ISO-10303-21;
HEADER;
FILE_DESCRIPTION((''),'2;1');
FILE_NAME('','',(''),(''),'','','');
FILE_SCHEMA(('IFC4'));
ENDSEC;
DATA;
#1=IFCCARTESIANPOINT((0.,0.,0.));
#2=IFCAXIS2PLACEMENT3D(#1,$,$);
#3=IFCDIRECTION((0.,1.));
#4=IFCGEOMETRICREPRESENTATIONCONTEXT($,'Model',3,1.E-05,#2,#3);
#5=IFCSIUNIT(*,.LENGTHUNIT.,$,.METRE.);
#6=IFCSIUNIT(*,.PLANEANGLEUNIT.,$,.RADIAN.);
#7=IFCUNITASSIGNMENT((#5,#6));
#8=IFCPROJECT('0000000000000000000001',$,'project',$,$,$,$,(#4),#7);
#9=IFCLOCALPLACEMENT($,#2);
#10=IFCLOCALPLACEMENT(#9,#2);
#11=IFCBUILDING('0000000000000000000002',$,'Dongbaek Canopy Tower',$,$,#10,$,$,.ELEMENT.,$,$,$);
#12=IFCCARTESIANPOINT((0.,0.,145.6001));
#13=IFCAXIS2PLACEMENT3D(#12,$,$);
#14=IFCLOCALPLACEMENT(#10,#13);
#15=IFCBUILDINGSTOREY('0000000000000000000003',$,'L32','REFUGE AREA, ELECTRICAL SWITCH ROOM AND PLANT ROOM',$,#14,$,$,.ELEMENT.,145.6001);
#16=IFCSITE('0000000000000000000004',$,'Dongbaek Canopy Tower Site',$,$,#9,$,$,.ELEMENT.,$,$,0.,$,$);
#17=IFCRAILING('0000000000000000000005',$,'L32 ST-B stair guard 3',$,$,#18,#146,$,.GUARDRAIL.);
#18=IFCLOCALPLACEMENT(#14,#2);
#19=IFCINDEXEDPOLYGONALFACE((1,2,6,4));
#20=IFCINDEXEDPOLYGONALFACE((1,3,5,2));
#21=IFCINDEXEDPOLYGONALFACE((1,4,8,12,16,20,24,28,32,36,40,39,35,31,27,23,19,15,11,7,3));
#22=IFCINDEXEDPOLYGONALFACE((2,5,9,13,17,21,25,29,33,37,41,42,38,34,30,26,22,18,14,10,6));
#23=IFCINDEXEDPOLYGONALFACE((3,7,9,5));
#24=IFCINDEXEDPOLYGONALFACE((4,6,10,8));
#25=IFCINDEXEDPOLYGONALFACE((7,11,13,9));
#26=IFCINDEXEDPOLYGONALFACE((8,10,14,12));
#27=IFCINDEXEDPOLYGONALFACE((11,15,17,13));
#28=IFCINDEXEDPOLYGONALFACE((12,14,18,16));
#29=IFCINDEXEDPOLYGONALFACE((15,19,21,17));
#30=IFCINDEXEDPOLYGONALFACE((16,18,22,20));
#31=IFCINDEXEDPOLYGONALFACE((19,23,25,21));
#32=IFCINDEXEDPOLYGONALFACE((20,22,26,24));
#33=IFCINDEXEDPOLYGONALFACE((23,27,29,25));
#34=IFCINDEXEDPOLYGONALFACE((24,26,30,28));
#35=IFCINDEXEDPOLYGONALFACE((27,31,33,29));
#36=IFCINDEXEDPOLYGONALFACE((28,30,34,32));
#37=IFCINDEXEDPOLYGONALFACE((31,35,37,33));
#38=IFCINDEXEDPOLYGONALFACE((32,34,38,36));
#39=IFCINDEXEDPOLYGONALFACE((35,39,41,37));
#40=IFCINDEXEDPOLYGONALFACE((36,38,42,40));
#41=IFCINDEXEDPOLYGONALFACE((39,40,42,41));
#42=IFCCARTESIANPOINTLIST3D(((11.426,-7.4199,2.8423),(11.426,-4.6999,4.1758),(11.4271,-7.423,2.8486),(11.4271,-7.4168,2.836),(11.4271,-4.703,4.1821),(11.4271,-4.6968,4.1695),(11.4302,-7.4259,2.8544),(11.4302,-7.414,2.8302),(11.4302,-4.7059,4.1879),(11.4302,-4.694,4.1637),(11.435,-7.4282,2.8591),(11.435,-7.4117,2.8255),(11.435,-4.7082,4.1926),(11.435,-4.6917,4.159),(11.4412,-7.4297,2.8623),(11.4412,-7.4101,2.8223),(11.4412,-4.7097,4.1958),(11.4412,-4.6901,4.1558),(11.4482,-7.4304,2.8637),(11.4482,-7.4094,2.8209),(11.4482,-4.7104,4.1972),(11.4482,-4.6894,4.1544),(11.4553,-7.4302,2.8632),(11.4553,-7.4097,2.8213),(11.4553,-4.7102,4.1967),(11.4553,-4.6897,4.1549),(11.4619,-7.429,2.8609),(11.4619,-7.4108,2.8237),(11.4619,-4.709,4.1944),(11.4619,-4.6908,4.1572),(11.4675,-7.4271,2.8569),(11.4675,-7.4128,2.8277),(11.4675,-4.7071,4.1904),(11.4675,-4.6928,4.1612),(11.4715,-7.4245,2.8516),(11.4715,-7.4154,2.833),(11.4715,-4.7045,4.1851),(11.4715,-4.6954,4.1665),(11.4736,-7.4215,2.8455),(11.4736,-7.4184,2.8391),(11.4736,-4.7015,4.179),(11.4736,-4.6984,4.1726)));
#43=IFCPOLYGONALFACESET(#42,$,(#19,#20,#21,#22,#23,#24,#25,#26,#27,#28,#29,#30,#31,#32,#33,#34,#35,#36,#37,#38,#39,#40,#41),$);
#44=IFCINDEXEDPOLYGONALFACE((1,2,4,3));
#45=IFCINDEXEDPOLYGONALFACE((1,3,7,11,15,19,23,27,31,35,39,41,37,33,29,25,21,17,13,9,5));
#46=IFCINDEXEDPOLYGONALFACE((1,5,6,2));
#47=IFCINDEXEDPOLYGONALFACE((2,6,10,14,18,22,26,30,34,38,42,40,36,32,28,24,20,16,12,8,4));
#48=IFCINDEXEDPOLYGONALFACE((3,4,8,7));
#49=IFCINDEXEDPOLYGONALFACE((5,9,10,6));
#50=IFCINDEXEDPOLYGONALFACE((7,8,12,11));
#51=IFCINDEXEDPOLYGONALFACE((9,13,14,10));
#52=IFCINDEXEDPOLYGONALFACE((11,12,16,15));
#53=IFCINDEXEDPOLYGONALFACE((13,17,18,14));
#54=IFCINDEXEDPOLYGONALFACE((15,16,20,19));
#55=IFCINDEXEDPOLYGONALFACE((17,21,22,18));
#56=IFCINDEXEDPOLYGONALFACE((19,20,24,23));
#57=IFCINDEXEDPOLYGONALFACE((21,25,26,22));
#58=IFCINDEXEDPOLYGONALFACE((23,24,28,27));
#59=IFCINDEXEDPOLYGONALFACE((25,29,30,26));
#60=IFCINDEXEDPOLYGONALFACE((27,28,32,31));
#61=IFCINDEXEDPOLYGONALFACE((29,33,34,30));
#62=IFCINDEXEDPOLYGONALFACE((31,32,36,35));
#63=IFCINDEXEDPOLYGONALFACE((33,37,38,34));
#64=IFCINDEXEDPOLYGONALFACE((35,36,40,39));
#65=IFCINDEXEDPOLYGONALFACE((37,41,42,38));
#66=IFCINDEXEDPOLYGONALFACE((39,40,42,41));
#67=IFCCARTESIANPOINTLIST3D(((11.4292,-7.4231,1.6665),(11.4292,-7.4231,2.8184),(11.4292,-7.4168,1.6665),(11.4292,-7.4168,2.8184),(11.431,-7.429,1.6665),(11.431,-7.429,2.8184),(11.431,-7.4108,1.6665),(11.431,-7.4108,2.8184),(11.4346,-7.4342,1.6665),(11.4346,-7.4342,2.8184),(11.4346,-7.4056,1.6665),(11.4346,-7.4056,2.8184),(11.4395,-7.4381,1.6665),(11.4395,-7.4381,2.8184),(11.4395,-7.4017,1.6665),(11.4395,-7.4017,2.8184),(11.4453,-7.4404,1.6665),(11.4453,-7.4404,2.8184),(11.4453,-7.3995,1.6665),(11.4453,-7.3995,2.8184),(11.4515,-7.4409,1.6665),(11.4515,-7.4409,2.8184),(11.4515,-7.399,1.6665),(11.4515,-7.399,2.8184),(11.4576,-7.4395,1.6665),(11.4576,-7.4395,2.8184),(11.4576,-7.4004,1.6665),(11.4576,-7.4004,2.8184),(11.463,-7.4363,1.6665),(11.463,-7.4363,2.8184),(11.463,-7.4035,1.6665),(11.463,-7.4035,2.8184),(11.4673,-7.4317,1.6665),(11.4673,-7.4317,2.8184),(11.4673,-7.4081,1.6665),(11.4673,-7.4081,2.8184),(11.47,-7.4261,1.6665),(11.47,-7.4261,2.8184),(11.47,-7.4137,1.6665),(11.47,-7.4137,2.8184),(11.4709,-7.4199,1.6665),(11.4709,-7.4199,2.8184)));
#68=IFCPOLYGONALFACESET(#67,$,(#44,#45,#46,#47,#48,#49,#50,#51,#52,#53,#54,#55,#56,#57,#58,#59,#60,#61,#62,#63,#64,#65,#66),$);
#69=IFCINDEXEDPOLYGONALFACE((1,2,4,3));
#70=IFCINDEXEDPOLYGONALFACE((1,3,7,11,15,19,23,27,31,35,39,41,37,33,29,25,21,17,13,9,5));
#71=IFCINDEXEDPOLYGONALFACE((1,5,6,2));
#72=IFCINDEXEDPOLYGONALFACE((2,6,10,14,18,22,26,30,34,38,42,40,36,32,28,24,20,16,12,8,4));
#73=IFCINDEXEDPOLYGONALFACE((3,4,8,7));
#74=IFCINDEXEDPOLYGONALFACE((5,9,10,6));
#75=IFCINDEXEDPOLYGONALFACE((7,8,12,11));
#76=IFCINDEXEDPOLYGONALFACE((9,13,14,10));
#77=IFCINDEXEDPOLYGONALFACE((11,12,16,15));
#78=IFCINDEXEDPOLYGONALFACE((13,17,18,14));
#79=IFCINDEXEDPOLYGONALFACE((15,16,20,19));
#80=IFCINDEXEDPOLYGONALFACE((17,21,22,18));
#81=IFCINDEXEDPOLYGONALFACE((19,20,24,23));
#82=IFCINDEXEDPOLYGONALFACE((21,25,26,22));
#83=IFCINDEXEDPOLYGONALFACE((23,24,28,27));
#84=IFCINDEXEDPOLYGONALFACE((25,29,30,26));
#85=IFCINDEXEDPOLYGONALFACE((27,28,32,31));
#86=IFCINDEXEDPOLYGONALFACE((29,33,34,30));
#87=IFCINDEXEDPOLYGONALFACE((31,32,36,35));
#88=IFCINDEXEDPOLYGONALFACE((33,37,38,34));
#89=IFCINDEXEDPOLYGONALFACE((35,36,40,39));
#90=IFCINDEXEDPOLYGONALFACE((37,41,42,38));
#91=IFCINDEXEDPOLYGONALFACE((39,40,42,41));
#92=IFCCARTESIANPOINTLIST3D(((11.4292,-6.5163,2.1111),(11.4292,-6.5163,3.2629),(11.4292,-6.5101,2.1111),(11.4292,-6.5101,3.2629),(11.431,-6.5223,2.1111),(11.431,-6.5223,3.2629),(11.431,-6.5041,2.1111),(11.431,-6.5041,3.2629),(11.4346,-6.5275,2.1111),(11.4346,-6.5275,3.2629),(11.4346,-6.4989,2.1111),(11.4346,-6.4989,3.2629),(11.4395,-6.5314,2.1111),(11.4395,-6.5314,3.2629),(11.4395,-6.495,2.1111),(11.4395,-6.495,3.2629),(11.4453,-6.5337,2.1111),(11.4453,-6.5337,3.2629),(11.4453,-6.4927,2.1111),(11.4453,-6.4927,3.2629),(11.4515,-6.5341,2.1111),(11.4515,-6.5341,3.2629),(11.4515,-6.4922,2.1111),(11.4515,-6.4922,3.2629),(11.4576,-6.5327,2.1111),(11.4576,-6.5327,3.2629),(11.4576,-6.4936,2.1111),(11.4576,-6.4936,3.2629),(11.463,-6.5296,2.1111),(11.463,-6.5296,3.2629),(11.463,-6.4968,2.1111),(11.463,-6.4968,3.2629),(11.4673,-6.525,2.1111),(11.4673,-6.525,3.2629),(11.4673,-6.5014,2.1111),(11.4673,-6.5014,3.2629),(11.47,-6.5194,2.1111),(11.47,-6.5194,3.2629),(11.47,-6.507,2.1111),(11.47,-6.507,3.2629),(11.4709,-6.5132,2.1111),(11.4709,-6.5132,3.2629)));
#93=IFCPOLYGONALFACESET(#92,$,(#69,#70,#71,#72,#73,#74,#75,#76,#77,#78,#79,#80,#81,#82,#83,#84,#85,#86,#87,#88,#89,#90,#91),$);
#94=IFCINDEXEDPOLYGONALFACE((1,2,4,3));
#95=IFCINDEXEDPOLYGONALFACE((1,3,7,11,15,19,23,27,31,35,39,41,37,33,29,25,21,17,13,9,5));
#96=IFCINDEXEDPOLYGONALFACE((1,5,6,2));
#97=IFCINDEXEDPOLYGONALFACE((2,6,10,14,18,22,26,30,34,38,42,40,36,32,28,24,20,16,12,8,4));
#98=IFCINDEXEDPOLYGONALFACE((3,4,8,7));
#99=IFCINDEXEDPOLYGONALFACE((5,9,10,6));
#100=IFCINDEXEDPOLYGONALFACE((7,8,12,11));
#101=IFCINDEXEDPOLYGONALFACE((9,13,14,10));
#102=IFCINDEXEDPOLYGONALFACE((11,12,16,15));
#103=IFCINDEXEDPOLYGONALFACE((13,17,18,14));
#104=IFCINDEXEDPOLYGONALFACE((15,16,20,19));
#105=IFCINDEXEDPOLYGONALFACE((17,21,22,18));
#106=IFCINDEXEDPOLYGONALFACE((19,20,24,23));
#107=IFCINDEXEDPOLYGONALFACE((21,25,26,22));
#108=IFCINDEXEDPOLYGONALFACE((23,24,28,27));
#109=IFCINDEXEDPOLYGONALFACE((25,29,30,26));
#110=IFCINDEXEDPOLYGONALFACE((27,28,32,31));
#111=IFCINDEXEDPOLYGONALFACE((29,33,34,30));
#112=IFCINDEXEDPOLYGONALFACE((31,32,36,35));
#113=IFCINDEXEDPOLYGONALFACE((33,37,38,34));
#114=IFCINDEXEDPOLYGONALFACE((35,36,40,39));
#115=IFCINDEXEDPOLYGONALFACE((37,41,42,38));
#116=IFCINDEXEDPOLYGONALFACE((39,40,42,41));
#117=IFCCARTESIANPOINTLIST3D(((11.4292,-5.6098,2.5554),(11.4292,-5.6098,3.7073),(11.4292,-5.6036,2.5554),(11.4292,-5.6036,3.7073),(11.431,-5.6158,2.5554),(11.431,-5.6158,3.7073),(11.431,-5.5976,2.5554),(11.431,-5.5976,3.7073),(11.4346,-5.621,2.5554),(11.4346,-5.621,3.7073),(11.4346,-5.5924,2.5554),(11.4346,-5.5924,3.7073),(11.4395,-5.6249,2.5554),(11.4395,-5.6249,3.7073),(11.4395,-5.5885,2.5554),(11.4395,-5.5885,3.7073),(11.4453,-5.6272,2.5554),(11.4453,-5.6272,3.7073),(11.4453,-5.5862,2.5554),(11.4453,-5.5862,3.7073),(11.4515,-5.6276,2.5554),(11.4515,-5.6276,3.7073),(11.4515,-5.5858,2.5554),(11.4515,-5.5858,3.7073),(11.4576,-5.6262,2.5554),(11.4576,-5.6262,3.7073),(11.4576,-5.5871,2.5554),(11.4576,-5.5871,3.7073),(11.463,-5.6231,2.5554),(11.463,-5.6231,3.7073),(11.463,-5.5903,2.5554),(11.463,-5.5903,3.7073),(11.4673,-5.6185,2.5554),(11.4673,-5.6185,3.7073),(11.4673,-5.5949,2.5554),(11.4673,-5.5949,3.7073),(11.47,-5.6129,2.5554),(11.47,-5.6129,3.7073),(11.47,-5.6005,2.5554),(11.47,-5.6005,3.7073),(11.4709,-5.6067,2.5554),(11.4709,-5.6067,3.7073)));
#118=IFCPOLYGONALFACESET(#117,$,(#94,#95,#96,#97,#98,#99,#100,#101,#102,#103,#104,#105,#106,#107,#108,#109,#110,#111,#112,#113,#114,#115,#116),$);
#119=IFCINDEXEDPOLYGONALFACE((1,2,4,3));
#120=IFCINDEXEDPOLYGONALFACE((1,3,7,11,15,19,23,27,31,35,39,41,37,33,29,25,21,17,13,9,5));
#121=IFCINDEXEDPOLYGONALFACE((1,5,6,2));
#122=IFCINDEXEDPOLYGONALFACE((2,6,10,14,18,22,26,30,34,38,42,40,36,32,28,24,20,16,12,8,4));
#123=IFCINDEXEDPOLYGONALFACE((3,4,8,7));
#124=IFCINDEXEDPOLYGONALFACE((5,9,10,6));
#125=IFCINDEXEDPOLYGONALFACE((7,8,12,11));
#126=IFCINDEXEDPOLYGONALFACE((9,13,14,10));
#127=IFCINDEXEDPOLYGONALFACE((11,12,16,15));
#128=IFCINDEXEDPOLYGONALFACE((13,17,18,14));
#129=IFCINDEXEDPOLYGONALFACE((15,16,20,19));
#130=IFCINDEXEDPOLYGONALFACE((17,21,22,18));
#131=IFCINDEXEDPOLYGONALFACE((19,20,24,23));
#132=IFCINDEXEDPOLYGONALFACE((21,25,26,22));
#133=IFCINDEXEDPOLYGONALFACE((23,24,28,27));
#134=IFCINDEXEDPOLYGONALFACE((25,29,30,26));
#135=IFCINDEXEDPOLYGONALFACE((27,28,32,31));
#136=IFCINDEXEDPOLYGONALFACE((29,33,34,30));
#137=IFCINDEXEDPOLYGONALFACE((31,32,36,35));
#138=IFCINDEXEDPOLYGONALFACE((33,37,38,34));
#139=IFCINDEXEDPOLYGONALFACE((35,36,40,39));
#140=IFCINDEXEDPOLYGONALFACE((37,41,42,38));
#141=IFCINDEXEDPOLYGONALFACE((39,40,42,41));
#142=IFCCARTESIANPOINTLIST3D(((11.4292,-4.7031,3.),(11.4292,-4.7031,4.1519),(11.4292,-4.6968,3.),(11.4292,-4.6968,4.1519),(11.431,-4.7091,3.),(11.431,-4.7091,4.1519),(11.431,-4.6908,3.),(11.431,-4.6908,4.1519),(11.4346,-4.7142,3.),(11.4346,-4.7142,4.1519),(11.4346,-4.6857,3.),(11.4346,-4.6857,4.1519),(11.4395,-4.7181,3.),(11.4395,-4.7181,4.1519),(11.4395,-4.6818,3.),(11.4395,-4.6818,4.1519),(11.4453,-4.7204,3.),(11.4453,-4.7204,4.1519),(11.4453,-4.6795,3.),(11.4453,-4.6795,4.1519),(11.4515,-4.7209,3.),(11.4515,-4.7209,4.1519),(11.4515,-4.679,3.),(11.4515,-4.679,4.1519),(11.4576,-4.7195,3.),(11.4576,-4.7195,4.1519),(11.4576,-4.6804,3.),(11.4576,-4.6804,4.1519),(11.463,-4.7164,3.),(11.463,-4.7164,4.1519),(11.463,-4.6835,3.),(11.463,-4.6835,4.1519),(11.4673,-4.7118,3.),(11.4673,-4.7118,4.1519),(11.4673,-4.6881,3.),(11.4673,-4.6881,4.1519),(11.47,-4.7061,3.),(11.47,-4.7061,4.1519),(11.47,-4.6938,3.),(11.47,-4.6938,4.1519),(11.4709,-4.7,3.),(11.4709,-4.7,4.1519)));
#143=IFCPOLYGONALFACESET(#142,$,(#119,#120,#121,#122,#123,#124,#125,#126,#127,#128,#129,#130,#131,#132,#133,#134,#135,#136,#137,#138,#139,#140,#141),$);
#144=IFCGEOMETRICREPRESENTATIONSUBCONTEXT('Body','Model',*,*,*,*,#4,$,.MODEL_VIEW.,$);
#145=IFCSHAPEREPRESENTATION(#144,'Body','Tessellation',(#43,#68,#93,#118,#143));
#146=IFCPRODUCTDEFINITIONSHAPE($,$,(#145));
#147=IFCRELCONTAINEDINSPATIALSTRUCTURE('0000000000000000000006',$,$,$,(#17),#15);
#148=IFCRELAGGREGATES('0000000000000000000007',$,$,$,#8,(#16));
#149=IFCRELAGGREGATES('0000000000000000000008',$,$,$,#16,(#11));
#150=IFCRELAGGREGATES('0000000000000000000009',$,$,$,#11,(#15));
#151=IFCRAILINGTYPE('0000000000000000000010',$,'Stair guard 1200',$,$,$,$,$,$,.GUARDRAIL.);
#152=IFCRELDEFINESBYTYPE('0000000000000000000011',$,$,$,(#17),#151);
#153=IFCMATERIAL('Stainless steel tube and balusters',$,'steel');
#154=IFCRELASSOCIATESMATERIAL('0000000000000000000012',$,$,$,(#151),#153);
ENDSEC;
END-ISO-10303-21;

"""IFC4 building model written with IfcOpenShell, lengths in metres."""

from ifc_helpers import new_model, si_unit, direction, frame, origin, origin_2d, place, context, subcontext, project, spatial, circle, extrude, material, type_object, element, save


model = new_model("IFC4")

# Units and contexts
model_context = context("Model", 3, precision=1e-05, world=origin(), true_north=direction((0.0, 1.0)))
body_context = subcontext(model_context, "Body", "Model", "MODEL_VIEW")
ifc_project = project(units=[si_unit("LENGTHUNIT", "METRE"), si_unit("PLANEANGLEUNIT", "RADIAN")], contexts=[model_context])

# Site, building, storey
site_placement = place(None, origin())
site = spatial("IfcSite", under=ifc_project, at=site_placement, Name="Dongbaek Canopy Tower Site", CompositionType="ELEMENT", RefElevation=0.0)
building_placement = place(site_placement, origin())
building = spatial("IfcBuilding", under=site, at=building_placement, Name="Dongbaek Canopy Tower", CompositionType="ELEMENT")
storey_placement = place(building_placement, frame((0.0, 0.0, 145.6001)))
storey = spatial("IfcBuildingStorey", under=building, at=storey_placement, Name="L32", Description="REFUGE AREA, ELECTRICAL SWITCH ROOM AND PLANT ROOM", CompositionType="ELEMENT", Elevation=145.6001)

# Railing
ifc_material_1 = material(Name="Stainless steel tube and balusters", Category="steel")
railing_type_1 = type_object("IfcRailingType", Name="Stair guard 1200", PredefinedType="GUARDRAIL", material=ifc_material_1)
railing_1_placement = place(storey_placement, frame((11.45, -7.4199, 1.6665)))
element("IfcRailing", 1, at=railing_1_placement, inside=storey, type_object=railing_type_1, Name="L32 ST-B stair guard 3", PredefinedType="GUARDRAIL", context=body_context, shape_type="SweptSolid", body=[
    extrude(circle(Radius=0.0239, at=origin_2d()), frame((0.0, 0.0, 1.1758), z_axis=(0.0, 0.897898, 0.440204), x_axis=(-1.0, 0.0, 0.0)), (0.0, 0.0, 1.0), 3.0293),
    extrude(circle(Radius=0.021, at=origin_2d()), origin(), (0.0, 0.0, 1.0), 1.1519),
    extrude(circle(Radius=0.021, at=origin_2d()), frame((0.0, 0.9067, 0.4446)), (0.0, 0.0, 1.0), 1.1519),
    extrude(circle(Radius=0.021, at=origin_2d()), frame((0.0, 1.8132, 0.8889)), (0.0, 0.0, 1.0), 1.1519),
    extrude(circle(Radius=0.021, at=origin_2d()), frame((0.0, 2.72, 1.3335)), (0.0, 0.0, 1.0), 1.1519),
])

save(model, "model.ifc")
